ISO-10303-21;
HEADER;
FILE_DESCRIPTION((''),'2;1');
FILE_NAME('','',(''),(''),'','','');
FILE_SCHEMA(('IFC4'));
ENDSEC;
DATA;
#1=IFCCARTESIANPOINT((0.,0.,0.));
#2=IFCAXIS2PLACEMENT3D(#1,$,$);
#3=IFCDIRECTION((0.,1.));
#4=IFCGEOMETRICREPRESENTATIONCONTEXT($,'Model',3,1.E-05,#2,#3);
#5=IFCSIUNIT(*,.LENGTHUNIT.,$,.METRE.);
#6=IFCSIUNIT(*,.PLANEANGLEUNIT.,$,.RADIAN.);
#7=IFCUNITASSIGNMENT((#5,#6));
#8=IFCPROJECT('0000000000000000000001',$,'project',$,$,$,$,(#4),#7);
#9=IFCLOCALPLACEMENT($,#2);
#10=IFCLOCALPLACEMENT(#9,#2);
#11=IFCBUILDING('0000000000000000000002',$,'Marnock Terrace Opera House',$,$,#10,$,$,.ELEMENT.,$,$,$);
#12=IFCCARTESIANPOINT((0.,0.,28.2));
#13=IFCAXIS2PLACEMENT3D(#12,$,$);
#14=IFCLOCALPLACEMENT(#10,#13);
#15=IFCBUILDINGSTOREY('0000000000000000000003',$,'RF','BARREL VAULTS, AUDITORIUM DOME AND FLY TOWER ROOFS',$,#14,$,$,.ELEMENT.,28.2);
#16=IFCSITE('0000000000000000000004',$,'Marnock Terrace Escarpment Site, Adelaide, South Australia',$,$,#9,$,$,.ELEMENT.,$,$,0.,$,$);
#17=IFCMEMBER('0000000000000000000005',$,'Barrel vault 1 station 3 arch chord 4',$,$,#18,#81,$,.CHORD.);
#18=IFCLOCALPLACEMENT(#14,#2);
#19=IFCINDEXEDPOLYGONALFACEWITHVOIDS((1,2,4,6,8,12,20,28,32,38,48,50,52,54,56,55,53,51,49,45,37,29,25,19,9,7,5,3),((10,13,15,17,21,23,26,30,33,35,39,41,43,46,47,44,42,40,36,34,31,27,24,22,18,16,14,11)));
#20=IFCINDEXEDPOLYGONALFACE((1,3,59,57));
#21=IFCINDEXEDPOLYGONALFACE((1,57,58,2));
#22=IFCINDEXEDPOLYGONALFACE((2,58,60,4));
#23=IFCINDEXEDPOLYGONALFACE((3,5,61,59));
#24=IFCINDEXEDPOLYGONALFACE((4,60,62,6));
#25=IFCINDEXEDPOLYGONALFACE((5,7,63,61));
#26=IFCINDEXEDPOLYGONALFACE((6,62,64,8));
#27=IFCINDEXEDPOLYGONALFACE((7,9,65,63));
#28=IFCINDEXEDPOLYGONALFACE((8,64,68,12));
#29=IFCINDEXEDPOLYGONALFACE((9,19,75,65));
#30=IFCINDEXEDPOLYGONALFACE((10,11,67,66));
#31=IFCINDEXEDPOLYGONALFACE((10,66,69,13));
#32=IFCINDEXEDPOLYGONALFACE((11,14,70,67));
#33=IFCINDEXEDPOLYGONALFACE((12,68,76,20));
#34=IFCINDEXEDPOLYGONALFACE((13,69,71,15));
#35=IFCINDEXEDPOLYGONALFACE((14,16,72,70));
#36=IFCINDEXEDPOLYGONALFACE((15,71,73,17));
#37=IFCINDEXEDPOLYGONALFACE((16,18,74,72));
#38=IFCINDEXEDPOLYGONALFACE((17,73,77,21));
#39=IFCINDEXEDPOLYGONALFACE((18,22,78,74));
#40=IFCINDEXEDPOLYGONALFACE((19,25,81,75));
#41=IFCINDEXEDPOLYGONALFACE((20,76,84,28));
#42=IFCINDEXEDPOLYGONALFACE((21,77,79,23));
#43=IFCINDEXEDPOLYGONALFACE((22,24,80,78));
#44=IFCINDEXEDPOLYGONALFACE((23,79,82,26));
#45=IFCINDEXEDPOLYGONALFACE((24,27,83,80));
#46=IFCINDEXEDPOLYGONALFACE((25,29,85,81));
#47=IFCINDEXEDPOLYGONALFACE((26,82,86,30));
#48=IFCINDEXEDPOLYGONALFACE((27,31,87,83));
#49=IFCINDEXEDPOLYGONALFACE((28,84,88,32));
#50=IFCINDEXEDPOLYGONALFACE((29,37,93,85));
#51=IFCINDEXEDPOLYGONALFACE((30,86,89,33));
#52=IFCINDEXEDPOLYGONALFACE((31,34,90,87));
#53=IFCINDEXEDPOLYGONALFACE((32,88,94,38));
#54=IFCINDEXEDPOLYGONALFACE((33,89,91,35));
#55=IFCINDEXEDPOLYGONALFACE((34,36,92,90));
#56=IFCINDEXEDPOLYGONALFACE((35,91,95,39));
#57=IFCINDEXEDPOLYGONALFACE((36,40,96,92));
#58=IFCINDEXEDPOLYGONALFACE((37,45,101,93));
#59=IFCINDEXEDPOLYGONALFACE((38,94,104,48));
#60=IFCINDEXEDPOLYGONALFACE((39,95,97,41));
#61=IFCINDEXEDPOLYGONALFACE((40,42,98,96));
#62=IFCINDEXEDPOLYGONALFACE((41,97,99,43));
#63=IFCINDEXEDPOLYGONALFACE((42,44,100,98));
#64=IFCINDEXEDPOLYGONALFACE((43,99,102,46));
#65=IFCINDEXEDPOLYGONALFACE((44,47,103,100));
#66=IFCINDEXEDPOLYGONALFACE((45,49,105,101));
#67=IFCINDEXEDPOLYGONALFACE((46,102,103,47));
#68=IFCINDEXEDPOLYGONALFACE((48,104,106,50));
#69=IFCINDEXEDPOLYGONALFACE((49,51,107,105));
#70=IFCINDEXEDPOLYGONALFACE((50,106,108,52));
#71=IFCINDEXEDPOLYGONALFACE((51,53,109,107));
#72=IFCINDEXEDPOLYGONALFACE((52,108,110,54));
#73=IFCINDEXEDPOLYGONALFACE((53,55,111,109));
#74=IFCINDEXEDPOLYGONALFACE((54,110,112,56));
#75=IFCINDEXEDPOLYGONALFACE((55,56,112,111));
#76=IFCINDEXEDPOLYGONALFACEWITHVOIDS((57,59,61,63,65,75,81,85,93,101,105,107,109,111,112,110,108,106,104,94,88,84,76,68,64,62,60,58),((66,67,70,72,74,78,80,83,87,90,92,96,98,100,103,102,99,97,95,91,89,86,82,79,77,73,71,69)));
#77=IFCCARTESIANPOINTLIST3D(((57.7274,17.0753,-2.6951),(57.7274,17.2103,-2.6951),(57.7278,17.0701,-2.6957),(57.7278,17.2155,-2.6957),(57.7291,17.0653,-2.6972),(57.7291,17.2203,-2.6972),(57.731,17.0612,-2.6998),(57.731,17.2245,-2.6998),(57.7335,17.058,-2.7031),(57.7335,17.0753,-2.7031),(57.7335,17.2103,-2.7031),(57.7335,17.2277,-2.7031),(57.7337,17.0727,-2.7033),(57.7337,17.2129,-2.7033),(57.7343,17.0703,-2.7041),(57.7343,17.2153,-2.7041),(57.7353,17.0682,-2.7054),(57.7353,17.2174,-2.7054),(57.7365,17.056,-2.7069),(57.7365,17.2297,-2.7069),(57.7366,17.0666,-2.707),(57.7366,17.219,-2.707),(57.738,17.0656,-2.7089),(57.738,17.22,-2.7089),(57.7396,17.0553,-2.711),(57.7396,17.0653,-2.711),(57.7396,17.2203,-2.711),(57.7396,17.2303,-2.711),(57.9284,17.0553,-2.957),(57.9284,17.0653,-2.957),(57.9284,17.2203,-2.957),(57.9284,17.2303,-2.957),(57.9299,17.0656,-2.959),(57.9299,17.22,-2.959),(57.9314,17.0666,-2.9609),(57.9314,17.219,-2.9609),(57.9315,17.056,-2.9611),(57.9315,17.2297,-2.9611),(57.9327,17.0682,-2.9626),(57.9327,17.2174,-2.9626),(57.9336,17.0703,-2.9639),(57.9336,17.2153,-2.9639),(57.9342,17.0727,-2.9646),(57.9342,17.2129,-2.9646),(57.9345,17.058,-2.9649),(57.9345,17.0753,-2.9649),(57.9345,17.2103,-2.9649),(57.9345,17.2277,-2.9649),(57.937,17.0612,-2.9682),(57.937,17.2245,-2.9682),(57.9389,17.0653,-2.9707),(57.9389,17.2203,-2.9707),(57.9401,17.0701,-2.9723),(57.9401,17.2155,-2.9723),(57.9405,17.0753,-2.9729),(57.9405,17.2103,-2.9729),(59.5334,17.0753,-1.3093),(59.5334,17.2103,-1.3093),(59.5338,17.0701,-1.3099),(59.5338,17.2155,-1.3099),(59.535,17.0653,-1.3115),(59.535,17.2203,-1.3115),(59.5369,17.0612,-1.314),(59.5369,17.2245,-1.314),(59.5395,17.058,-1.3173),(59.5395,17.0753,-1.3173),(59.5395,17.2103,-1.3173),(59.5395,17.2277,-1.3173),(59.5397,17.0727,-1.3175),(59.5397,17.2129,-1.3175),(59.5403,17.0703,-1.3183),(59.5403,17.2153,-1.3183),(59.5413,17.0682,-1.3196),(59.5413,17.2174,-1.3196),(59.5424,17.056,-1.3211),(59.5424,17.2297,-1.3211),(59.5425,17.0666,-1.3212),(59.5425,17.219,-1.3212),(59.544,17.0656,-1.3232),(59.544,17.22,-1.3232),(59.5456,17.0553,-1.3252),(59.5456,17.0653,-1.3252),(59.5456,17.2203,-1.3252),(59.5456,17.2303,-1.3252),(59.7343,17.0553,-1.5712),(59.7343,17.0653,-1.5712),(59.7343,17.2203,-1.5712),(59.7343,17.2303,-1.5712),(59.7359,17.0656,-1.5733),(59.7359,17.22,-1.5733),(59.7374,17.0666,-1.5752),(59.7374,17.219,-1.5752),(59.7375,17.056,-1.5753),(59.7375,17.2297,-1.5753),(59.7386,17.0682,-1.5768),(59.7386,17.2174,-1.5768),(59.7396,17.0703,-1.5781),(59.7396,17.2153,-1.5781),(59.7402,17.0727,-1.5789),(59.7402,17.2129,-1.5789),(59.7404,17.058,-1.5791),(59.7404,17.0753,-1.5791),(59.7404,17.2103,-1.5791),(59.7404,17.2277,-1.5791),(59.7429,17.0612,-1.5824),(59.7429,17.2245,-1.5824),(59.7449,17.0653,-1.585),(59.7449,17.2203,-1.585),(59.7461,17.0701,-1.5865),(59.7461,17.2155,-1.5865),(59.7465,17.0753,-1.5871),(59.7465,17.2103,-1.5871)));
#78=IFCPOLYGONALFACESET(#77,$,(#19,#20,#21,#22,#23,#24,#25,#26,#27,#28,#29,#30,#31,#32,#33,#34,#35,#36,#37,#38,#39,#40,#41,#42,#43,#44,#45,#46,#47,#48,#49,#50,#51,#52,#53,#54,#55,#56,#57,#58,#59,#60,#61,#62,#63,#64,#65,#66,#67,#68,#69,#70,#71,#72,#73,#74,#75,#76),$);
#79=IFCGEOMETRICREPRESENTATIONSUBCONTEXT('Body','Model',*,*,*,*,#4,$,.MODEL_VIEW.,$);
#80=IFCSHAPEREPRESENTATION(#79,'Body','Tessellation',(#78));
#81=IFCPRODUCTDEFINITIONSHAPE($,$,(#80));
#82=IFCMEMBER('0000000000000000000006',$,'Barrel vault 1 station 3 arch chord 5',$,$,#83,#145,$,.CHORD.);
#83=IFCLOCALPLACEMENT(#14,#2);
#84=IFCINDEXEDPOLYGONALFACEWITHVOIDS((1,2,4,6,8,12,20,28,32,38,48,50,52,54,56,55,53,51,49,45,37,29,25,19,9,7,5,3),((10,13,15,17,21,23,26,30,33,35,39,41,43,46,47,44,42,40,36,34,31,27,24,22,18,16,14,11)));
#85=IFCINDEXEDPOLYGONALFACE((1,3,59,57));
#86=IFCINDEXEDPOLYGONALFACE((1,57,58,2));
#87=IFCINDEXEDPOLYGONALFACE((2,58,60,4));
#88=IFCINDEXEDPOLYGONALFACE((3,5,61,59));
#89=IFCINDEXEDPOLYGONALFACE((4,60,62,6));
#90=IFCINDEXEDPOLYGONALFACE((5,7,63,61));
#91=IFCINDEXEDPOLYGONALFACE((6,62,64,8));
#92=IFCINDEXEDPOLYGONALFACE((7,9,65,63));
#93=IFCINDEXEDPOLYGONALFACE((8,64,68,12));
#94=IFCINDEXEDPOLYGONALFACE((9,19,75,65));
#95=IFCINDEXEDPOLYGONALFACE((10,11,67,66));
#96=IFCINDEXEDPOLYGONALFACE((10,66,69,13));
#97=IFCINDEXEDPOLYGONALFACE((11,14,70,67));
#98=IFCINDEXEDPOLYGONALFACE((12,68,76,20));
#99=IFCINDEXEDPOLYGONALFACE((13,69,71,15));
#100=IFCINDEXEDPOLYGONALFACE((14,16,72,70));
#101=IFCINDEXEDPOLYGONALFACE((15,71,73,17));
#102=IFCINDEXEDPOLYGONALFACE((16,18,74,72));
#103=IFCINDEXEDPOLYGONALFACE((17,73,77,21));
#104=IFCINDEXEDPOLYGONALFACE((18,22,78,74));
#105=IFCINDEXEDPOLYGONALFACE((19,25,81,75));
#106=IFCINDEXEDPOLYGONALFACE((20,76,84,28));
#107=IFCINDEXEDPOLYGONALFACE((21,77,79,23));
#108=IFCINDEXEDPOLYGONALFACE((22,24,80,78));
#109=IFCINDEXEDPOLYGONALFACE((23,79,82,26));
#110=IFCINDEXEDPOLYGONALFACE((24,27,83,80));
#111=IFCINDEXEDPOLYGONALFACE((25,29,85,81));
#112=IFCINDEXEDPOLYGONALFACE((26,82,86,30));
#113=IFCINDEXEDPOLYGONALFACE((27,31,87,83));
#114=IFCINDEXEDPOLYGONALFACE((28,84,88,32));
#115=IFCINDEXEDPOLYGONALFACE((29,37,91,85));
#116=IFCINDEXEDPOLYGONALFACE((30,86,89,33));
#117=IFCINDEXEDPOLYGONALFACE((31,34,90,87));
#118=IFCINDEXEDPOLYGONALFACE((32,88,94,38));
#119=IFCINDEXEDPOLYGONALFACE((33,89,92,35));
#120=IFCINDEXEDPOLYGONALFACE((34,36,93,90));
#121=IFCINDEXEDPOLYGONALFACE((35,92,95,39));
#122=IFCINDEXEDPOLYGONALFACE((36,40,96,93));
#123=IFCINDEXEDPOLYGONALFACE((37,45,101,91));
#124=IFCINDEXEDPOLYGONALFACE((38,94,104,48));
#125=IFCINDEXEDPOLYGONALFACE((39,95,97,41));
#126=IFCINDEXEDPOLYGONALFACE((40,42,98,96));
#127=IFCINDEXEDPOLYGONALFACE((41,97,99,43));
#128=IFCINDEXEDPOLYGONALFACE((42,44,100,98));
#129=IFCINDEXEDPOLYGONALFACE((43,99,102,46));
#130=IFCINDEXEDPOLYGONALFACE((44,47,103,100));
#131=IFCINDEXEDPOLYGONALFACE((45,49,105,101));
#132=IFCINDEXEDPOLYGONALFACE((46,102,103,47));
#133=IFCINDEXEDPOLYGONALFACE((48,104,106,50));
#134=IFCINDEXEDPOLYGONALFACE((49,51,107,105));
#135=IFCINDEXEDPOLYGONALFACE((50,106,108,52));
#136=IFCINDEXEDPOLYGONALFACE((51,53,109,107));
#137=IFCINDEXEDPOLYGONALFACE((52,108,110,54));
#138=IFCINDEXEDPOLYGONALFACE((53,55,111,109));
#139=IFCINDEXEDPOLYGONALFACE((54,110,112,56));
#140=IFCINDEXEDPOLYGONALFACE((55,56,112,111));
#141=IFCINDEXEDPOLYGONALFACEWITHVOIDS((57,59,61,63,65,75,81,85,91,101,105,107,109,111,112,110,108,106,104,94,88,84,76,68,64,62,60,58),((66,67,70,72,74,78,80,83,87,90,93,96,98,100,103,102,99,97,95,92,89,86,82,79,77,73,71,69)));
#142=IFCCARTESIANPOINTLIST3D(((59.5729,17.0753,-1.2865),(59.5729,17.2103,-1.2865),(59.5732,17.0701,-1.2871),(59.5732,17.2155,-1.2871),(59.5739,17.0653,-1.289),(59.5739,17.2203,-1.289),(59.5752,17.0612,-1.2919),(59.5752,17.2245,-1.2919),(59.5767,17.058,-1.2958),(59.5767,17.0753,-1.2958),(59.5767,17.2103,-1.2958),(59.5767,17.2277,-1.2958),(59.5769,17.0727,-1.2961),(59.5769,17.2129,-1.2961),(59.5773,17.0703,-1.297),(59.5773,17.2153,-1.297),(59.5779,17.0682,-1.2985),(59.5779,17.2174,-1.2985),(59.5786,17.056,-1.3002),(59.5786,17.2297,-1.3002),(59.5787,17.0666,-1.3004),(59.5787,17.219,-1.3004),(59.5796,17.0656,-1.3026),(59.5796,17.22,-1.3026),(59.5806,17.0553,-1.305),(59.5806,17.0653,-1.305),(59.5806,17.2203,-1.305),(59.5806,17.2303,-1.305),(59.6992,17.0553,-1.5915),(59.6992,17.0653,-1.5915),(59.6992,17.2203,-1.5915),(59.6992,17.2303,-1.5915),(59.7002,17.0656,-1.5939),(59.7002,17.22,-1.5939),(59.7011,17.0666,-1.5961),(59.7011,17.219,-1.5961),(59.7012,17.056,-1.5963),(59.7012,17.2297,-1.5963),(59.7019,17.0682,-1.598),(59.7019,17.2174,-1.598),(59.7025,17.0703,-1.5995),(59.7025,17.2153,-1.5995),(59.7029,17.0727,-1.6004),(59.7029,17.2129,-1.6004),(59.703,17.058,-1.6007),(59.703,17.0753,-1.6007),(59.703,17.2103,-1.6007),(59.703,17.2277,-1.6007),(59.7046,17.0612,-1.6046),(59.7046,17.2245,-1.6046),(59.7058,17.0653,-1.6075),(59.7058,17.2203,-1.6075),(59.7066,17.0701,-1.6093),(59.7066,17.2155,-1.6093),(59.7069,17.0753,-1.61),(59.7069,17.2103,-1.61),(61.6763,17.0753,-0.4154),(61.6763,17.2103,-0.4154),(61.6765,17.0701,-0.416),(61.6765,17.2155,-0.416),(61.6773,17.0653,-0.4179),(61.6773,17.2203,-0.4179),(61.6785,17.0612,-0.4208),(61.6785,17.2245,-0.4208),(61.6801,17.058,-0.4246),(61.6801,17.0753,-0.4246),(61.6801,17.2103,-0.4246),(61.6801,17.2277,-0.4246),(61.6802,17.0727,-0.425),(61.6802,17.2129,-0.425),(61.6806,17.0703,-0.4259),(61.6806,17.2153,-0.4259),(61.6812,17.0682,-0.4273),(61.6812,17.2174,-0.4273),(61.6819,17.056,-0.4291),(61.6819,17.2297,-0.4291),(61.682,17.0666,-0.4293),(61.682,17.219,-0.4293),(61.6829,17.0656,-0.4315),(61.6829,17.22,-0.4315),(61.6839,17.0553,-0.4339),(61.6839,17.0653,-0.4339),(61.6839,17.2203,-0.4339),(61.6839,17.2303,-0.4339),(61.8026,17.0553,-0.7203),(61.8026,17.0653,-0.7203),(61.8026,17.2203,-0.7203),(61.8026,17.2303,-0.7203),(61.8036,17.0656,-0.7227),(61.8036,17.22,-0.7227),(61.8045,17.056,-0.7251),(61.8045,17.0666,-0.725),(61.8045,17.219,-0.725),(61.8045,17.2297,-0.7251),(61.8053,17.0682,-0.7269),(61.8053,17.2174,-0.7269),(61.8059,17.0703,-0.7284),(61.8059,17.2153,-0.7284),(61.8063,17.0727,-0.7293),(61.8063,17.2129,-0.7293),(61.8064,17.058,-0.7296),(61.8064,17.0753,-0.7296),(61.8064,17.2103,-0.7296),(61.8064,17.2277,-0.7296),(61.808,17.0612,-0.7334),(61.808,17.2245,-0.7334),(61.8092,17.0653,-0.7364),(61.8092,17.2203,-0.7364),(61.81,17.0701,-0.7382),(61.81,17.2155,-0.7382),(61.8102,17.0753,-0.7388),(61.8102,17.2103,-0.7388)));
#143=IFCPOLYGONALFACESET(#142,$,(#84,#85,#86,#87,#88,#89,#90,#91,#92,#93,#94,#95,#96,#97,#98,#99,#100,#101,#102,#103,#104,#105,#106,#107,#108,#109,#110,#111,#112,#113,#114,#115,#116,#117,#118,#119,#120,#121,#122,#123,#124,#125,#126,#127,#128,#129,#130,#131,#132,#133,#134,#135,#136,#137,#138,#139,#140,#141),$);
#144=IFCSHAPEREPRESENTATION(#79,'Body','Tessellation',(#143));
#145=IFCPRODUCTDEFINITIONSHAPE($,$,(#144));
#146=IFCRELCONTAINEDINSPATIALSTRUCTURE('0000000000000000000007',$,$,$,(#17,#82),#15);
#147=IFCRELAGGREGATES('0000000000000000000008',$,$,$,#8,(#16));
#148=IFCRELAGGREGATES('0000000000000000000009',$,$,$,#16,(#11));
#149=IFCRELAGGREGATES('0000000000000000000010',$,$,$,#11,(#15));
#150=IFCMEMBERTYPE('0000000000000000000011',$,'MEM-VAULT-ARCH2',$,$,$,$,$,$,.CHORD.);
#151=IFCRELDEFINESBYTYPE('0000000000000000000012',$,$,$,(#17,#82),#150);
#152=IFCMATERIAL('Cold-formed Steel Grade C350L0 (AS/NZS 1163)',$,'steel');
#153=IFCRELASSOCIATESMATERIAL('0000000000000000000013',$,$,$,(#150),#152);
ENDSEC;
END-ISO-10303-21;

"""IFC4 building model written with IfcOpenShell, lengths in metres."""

from ifc_helpers import new_model, si_unit, direction, frame, origin, origin_2d, place, context, subcontext, project, spatial, hollow_rectangle, extrude, material, material_profile, profile_set, type_object, element, save


model = new_model("IFC4")

# Units and contexts
model_context = context("Model", 3, precision=1e-05, world=origin(), true_north=direction((0.0, 1.0)))
body_context = subcontext(model_context, "Body", "Model", "MODEL_VIEW")
ifc_project = project(units=[si_unit("LENGTHUNIT", "METRE"), si_unit("PLANEANGLEUNIT", "RADIAN")], contexts=[model_context])

# Site, building, storey
site_placement = place(None, origin())
site = spatial("IfcSite", under=ifc_project, at=site_placement, Name="Marnock Terrace Escarpment Site, Adelaide, South Australia", CompositionType="ELEMENT", RefElevation=0.0)
building_placement = place(site_placement, origin())
building = spatial("IfcBuilding", under=site, at=building_placement, Name="Marnock Terrace Opera House", CompositionType="ELEMENT")
storey_placement = place(building_placement, frame((0.0, 0.0, 28.2)))
storey = spatial("IfcBuildingStorey", under=building, at=storey_placement, Name="RF", Description="BARREL VAULTS, AUDITORIUM DOME AND FLY TOWER ROOFS", CompositionType="ELEMENT", Elevation=28.2)

# Members
ifc_material_1 = material(Name="Cold-formed Steel Grade C350L0 (AS/NZS 1163)", Category="steel")
ifc_material_profile_1 = material_profile(ifc_material_1, hollow_rectangle(XDim=0.175, YDim=0.3501, WallThickness=0.01, InnerFilletRadius=0.01, OuterFilletRadius=0.02, at=origin_2d()))
ifc_profile_set_1 = profile_set([ifc_material_profile_1], Name="Cold-formed Steel Grade C350L0 (AS/NZS 1163)")
member_type_1 = type_object("IfcMemberType", Name="MEM-VAULT-ARCH2", PredefinedType="CHORD", material=ifc_profile_set_1)
member_1_placement = place(storey_placement, frame((57.834, 17.1428, -2.834), z_axis=(0.793349, 0.0, 0.608767), x_axis=(0.0, 1.0, 0.0)))
element("IfcMember", 1, at=member_1_placement, inside=storey, type_object=member_type_1, Name="Barrel vault 1 station 3 arch chord 4", PredefinedType="CHORD", context=body_context, shape_type="SweptSolid", body=[
    extrude(hollow_rectangle(XDim=0.175, YDim=0.3501, WallThickness=0.01, InnerFilletRadius=0.01, OuterFilletRadius=0.02, at=origin_2d()), origin(), (0.0, 0.0, 1.0), 2.2764),
])
member_2_placement = place(storey_placement, frame((59.6399, 17.1428, -1.4482), z_axis=(0.923897, 0.0, 0.382642), x_axis=(0.0, 1.0, 0.0)))
element("IfcMember", 2, at=member_2_placement, inside=storey, type_object=member_type_1, Name="Barrel vault 1 station 3 arch chord 5", PredefinedType="CHORD", context=body_context, shape_type="SweptSolid", body=[
    extrude(hollow_rectangle(XDim=0.175, YDim=0.3501, WallThickness=0.01, InnerFilletRadius=0.01, OuterFilletRadius=0.02, at=origin_2d()), origin(), (0.0, 0.0, 1.0), 2.2766),
])

save(model, "model.ifc")
